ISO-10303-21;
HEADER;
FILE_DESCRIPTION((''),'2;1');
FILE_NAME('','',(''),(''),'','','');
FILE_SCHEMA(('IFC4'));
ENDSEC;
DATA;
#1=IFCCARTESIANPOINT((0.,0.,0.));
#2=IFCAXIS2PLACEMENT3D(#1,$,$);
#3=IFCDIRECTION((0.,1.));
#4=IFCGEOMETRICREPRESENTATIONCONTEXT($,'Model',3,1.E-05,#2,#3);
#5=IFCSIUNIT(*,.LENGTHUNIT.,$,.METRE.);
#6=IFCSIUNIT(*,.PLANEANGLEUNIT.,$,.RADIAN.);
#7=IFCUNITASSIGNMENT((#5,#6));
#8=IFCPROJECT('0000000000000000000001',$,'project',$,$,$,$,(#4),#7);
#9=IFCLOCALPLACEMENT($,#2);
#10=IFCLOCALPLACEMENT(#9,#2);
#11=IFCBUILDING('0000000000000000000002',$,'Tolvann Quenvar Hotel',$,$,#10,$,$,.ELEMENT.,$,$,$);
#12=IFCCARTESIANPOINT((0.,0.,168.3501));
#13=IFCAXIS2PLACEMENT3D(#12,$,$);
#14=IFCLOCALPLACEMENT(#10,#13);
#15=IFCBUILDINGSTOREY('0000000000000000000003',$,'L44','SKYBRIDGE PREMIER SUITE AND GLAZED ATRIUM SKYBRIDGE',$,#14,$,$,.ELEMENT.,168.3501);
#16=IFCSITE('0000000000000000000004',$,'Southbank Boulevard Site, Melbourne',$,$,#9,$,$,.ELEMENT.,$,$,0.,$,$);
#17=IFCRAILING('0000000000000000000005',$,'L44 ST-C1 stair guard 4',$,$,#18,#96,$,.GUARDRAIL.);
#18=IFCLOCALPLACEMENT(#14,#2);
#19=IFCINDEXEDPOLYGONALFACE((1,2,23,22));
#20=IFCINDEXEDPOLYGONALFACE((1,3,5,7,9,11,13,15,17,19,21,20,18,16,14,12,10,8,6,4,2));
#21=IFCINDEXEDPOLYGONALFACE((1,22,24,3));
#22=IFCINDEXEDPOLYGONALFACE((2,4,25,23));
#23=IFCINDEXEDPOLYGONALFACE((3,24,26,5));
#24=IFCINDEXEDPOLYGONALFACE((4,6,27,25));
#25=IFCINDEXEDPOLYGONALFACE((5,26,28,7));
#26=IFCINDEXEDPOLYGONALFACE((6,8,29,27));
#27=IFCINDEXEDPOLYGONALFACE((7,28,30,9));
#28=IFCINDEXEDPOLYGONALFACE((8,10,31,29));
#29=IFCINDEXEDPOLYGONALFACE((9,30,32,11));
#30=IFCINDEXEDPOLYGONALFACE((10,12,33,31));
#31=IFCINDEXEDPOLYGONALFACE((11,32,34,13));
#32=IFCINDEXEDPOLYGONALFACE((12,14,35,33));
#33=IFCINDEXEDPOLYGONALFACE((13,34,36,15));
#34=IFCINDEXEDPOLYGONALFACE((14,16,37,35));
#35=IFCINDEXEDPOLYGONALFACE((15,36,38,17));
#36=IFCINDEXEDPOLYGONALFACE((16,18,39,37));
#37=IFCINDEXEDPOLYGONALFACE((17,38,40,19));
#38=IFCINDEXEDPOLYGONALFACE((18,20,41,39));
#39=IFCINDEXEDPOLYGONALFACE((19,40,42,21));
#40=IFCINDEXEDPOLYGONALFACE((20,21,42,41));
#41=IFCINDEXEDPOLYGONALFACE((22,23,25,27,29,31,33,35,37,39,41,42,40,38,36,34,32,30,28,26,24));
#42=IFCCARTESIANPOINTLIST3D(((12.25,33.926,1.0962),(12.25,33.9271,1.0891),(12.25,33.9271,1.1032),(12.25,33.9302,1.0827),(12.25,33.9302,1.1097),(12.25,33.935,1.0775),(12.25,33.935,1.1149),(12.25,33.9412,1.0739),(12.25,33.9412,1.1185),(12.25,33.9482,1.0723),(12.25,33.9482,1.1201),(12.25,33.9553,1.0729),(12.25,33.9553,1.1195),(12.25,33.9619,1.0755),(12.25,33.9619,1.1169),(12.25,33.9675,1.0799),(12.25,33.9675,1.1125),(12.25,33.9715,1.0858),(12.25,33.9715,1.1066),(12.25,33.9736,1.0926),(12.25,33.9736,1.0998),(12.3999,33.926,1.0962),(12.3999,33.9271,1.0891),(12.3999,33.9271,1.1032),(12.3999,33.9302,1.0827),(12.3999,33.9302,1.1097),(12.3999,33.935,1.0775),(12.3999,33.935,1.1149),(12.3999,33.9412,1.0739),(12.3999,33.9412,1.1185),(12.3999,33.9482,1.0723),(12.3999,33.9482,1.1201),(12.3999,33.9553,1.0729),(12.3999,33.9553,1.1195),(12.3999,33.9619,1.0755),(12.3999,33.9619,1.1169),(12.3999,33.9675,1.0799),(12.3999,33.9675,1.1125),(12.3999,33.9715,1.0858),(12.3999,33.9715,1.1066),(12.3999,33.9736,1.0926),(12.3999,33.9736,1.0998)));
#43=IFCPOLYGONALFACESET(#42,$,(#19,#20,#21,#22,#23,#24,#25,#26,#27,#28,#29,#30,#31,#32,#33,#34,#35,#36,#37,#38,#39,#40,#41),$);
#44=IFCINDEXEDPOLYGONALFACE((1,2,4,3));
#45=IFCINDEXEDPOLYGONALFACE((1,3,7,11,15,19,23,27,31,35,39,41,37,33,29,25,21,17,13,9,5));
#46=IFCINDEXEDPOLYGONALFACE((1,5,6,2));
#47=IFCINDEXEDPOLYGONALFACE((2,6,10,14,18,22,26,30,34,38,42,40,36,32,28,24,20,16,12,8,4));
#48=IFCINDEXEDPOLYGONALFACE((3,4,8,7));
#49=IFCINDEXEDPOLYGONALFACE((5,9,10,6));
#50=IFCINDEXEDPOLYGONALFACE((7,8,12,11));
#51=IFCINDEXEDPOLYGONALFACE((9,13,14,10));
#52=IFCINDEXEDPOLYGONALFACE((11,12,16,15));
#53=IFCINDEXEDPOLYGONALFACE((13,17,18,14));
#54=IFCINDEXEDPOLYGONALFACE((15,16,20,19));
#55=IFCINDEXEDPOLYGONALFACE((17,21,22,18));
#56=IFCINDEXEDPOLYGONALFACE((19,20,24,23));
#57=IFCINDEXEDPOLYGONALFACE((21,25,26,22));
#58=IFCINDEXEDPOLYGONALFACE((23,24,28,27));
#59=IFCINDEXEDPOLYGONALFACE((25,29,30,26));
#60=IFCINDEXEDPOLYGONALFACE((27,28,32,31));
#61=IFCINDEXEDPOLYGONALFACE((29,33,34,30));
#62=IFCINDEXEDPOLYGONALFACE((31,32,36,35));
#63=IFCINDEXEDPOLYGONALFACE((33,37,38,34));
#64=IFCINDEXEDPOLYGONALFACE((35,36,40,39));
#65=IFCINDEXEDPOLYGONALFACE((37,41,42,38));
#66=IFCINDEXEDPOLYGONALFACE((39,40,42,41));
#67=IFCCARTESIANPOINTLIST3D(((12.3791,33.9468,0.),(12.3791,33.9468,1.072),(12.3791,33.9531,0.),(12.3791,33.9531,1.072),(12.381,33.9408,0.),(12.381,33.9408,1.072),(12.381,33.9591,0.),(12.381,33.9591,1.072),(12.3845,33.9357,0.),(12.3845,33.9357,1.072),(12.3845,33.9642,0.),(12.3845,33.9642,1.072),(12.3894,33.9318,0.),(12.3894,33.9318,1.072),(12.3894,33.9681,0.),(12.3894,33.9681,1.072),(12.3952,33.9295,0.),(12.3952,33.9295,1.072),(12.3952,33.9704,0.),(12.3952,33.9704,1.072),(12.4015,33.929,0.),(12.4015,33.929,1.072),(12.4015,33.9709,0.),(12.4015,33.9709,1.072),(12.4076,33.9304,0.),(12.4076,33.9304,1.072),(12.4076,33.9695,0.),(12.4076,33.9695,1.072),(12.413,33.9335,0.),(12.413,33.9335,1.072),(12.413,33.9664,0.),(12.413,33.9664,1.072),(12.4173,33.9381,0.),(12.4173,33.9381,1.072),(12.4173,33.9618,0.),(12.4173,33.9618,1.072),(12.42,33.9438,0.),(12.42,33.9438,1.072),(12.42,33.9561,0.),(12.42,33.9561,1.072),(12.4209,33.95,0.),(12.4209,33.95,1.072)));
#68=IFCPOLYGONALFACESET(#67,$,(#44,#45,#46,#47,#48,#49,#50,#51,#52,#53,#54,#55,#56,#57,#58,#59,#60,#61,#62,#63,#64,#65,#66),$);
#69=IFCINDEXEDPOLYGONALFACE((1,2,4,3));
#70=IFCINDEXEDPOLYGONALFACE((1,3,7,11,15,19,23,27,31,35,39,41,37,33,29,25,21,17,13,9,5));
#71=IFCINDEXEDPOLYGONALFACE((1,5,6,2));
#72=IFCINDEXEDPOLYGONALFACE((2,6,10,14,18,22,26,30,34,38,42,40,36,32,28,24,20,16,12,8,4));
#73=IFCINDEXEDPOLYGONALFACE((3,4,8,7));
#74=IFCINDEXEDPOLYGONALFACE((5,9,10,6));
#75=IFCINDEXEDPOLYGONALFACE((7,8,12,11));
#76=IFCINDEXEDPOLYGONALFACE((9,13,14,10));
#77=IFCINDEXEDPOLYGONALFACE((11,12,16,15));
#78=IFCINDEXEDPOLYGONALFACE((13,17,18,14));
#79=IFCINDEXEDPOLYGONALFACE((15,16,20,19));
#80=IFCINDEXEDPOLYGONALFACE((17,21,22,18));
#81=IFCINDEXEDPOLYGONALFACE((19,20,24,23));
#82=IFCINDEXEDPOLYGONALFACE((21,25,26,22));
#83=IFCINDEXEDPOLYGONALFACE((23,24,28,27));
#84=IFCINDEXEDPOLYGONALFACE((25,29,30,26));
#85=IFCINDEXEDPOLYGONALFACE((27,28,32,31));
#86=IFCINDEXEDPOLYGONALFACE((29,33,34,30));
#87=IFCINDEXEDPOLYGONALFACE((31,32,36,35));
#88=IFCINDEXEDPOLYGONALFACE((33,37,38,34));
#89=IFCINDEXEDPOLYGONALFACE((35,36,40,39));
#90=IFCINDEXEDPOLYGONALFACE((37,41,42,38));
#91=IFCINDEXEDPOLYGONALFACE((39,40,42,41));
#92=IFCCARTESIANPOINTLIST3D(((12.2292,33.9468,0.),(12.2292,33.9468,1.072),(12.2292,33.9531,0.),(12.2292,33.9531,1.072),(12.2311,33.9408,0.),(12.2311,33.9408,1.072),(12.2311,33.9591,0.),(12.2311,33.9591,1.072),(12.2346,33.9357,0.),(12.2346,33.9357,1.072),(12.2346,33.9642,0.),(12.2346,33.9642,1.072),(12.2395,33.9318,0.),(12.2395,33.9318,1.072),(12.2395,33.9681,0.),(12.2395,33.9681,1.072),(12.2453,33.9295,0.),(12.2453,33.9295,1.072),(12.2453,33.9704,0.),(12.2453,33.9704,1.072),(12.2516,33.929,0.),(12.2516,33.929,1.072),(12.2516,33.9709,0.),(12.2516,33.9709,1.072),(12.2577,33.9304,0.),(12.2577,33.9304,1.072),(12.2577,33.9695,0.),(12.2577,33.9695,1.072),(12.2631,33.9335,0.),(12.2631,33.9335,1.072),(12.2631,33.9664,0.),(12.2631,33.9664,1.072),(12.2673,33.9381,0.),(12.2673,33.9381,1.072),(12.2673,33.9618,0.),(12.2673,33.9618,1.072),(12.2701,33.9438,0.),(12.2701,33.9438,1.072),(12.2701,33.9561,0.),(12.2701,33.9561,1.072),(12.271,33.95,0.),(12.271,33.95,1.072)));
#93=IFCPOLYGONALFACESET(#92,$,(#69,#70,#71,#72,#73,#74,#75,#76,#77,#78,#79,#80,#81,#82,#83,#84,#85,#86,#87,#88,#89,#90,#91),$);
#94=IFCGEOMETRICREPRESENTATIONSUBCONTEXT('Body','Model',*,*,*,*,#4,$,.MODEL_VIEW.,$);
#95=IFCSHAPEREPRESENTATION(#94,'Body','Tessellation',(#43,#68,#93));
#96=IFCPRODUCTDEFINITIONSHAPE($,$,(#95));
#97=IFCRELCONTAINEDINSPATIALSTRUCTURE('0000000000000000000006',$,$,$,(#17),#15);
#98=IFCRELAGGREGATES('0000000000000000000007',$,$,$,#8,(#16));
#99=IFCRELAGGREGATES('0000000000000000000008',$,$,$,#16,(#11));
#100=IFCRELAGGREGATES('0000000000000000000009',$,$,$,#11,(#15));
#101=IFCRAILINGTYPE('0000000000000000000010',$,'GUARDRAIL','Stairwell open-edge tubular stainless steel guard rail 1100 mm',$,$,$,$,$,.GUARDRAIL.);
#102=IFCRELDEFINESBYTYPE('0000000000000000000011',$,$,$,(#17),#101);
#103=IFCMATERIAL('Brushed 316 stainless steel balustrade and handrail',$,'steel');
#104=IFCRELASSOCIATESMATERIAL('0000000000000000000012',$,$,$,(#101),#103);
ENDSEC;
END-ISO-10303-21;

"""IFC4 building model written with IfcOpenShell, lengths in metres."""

from ifc_helpers import new_model, si_unit, direction, frame, origin, origin_2d, place, context, subcontext, project, spatial, circle, extrude, material, type_object, element, save


model = new_model("IFC4")

# Units and contexts
model_context = context("Model", 3, precision=1e-05, world=origin(), true_north=direction((0.0, 1.0)))
body_context = subcontext(model_context, "Body", "Model", "MODEL_VIEW")
ifc_project = project(units=[si_unit("LENGTHUNIT", "METRE"), si_unit("PLANEANGLEUNIT", "RADIAN")], contexts=[model_context])

# Site, building, storey
site_placement = place(None, origin())
site = spatial("IfcSite", under=ifc_project, at=site_placement, Name="Southbank Boulevard Site, Melbourne", CompositionType="ELEMENT", RefElevation=0.0)
building_placement = place(site_placement, origin())
building = spatial("IfcBuilding", under=site, at=building_placement, Name="Tolvann Quenvar Hotel", CompositionType="ELEMENT")
storey_placement = place(building_placement, frame((0.0, 0.0, 168.3501)))
storey = spatial("IfcBuildingStorey", under=building, at=storey_placement, Name="L44", Description="SKYBRIDGE PREMIER SUITE AND GLAZED ATRIUM SKYBRIDGE", CompositionType="ELEMENT", Elevation=168.3501)

# Railing
ifc_material_1 = material(Name="Brushed 316 stainless steel balustrade and handrail", Category="steel")
railing_type_1 = type_object("IfcRailingType", Name="GUARDRAIL", Description="Stairwell open-edge tubular stainless steel guard rail 1100 mm", PredefinedType="GUARDRAIL", material=ifc_material_1)
railing_1_placement = place(storey_placement, frame((12.3999, 33.95, 0.0)))
element("IfcRailing", 1, at=railing_1_placement, inside=storey, type_object=railing_type_1, Name="L44 ST-C1 stair guard 4", PredefinedType="GUARDRAIL", context=body_context, shape_type="SweptSolid", body=[
    extrude(circle(Radius=0.0239, at=origin_2d()), frame((0.0, 0.0, 1.0962), z_axis=(-1.0, 0.0, 0.0), x_axis=(0.0, -1.0, 0.0)), (0.0, 0.0, 1.0), 0.1499),
    extrude(circle(Radius=0.021, at=origin_2d()), origin(), (0.0, 0.0, 1.0), 1.072),
    extrude(circle(Radius=0.021, at=origin_2d()), frame((-0.1499, 0.0, 0.0)), (0.0, 0.0, 1.0), 1.072),
])

save(model, "model.ifc")
